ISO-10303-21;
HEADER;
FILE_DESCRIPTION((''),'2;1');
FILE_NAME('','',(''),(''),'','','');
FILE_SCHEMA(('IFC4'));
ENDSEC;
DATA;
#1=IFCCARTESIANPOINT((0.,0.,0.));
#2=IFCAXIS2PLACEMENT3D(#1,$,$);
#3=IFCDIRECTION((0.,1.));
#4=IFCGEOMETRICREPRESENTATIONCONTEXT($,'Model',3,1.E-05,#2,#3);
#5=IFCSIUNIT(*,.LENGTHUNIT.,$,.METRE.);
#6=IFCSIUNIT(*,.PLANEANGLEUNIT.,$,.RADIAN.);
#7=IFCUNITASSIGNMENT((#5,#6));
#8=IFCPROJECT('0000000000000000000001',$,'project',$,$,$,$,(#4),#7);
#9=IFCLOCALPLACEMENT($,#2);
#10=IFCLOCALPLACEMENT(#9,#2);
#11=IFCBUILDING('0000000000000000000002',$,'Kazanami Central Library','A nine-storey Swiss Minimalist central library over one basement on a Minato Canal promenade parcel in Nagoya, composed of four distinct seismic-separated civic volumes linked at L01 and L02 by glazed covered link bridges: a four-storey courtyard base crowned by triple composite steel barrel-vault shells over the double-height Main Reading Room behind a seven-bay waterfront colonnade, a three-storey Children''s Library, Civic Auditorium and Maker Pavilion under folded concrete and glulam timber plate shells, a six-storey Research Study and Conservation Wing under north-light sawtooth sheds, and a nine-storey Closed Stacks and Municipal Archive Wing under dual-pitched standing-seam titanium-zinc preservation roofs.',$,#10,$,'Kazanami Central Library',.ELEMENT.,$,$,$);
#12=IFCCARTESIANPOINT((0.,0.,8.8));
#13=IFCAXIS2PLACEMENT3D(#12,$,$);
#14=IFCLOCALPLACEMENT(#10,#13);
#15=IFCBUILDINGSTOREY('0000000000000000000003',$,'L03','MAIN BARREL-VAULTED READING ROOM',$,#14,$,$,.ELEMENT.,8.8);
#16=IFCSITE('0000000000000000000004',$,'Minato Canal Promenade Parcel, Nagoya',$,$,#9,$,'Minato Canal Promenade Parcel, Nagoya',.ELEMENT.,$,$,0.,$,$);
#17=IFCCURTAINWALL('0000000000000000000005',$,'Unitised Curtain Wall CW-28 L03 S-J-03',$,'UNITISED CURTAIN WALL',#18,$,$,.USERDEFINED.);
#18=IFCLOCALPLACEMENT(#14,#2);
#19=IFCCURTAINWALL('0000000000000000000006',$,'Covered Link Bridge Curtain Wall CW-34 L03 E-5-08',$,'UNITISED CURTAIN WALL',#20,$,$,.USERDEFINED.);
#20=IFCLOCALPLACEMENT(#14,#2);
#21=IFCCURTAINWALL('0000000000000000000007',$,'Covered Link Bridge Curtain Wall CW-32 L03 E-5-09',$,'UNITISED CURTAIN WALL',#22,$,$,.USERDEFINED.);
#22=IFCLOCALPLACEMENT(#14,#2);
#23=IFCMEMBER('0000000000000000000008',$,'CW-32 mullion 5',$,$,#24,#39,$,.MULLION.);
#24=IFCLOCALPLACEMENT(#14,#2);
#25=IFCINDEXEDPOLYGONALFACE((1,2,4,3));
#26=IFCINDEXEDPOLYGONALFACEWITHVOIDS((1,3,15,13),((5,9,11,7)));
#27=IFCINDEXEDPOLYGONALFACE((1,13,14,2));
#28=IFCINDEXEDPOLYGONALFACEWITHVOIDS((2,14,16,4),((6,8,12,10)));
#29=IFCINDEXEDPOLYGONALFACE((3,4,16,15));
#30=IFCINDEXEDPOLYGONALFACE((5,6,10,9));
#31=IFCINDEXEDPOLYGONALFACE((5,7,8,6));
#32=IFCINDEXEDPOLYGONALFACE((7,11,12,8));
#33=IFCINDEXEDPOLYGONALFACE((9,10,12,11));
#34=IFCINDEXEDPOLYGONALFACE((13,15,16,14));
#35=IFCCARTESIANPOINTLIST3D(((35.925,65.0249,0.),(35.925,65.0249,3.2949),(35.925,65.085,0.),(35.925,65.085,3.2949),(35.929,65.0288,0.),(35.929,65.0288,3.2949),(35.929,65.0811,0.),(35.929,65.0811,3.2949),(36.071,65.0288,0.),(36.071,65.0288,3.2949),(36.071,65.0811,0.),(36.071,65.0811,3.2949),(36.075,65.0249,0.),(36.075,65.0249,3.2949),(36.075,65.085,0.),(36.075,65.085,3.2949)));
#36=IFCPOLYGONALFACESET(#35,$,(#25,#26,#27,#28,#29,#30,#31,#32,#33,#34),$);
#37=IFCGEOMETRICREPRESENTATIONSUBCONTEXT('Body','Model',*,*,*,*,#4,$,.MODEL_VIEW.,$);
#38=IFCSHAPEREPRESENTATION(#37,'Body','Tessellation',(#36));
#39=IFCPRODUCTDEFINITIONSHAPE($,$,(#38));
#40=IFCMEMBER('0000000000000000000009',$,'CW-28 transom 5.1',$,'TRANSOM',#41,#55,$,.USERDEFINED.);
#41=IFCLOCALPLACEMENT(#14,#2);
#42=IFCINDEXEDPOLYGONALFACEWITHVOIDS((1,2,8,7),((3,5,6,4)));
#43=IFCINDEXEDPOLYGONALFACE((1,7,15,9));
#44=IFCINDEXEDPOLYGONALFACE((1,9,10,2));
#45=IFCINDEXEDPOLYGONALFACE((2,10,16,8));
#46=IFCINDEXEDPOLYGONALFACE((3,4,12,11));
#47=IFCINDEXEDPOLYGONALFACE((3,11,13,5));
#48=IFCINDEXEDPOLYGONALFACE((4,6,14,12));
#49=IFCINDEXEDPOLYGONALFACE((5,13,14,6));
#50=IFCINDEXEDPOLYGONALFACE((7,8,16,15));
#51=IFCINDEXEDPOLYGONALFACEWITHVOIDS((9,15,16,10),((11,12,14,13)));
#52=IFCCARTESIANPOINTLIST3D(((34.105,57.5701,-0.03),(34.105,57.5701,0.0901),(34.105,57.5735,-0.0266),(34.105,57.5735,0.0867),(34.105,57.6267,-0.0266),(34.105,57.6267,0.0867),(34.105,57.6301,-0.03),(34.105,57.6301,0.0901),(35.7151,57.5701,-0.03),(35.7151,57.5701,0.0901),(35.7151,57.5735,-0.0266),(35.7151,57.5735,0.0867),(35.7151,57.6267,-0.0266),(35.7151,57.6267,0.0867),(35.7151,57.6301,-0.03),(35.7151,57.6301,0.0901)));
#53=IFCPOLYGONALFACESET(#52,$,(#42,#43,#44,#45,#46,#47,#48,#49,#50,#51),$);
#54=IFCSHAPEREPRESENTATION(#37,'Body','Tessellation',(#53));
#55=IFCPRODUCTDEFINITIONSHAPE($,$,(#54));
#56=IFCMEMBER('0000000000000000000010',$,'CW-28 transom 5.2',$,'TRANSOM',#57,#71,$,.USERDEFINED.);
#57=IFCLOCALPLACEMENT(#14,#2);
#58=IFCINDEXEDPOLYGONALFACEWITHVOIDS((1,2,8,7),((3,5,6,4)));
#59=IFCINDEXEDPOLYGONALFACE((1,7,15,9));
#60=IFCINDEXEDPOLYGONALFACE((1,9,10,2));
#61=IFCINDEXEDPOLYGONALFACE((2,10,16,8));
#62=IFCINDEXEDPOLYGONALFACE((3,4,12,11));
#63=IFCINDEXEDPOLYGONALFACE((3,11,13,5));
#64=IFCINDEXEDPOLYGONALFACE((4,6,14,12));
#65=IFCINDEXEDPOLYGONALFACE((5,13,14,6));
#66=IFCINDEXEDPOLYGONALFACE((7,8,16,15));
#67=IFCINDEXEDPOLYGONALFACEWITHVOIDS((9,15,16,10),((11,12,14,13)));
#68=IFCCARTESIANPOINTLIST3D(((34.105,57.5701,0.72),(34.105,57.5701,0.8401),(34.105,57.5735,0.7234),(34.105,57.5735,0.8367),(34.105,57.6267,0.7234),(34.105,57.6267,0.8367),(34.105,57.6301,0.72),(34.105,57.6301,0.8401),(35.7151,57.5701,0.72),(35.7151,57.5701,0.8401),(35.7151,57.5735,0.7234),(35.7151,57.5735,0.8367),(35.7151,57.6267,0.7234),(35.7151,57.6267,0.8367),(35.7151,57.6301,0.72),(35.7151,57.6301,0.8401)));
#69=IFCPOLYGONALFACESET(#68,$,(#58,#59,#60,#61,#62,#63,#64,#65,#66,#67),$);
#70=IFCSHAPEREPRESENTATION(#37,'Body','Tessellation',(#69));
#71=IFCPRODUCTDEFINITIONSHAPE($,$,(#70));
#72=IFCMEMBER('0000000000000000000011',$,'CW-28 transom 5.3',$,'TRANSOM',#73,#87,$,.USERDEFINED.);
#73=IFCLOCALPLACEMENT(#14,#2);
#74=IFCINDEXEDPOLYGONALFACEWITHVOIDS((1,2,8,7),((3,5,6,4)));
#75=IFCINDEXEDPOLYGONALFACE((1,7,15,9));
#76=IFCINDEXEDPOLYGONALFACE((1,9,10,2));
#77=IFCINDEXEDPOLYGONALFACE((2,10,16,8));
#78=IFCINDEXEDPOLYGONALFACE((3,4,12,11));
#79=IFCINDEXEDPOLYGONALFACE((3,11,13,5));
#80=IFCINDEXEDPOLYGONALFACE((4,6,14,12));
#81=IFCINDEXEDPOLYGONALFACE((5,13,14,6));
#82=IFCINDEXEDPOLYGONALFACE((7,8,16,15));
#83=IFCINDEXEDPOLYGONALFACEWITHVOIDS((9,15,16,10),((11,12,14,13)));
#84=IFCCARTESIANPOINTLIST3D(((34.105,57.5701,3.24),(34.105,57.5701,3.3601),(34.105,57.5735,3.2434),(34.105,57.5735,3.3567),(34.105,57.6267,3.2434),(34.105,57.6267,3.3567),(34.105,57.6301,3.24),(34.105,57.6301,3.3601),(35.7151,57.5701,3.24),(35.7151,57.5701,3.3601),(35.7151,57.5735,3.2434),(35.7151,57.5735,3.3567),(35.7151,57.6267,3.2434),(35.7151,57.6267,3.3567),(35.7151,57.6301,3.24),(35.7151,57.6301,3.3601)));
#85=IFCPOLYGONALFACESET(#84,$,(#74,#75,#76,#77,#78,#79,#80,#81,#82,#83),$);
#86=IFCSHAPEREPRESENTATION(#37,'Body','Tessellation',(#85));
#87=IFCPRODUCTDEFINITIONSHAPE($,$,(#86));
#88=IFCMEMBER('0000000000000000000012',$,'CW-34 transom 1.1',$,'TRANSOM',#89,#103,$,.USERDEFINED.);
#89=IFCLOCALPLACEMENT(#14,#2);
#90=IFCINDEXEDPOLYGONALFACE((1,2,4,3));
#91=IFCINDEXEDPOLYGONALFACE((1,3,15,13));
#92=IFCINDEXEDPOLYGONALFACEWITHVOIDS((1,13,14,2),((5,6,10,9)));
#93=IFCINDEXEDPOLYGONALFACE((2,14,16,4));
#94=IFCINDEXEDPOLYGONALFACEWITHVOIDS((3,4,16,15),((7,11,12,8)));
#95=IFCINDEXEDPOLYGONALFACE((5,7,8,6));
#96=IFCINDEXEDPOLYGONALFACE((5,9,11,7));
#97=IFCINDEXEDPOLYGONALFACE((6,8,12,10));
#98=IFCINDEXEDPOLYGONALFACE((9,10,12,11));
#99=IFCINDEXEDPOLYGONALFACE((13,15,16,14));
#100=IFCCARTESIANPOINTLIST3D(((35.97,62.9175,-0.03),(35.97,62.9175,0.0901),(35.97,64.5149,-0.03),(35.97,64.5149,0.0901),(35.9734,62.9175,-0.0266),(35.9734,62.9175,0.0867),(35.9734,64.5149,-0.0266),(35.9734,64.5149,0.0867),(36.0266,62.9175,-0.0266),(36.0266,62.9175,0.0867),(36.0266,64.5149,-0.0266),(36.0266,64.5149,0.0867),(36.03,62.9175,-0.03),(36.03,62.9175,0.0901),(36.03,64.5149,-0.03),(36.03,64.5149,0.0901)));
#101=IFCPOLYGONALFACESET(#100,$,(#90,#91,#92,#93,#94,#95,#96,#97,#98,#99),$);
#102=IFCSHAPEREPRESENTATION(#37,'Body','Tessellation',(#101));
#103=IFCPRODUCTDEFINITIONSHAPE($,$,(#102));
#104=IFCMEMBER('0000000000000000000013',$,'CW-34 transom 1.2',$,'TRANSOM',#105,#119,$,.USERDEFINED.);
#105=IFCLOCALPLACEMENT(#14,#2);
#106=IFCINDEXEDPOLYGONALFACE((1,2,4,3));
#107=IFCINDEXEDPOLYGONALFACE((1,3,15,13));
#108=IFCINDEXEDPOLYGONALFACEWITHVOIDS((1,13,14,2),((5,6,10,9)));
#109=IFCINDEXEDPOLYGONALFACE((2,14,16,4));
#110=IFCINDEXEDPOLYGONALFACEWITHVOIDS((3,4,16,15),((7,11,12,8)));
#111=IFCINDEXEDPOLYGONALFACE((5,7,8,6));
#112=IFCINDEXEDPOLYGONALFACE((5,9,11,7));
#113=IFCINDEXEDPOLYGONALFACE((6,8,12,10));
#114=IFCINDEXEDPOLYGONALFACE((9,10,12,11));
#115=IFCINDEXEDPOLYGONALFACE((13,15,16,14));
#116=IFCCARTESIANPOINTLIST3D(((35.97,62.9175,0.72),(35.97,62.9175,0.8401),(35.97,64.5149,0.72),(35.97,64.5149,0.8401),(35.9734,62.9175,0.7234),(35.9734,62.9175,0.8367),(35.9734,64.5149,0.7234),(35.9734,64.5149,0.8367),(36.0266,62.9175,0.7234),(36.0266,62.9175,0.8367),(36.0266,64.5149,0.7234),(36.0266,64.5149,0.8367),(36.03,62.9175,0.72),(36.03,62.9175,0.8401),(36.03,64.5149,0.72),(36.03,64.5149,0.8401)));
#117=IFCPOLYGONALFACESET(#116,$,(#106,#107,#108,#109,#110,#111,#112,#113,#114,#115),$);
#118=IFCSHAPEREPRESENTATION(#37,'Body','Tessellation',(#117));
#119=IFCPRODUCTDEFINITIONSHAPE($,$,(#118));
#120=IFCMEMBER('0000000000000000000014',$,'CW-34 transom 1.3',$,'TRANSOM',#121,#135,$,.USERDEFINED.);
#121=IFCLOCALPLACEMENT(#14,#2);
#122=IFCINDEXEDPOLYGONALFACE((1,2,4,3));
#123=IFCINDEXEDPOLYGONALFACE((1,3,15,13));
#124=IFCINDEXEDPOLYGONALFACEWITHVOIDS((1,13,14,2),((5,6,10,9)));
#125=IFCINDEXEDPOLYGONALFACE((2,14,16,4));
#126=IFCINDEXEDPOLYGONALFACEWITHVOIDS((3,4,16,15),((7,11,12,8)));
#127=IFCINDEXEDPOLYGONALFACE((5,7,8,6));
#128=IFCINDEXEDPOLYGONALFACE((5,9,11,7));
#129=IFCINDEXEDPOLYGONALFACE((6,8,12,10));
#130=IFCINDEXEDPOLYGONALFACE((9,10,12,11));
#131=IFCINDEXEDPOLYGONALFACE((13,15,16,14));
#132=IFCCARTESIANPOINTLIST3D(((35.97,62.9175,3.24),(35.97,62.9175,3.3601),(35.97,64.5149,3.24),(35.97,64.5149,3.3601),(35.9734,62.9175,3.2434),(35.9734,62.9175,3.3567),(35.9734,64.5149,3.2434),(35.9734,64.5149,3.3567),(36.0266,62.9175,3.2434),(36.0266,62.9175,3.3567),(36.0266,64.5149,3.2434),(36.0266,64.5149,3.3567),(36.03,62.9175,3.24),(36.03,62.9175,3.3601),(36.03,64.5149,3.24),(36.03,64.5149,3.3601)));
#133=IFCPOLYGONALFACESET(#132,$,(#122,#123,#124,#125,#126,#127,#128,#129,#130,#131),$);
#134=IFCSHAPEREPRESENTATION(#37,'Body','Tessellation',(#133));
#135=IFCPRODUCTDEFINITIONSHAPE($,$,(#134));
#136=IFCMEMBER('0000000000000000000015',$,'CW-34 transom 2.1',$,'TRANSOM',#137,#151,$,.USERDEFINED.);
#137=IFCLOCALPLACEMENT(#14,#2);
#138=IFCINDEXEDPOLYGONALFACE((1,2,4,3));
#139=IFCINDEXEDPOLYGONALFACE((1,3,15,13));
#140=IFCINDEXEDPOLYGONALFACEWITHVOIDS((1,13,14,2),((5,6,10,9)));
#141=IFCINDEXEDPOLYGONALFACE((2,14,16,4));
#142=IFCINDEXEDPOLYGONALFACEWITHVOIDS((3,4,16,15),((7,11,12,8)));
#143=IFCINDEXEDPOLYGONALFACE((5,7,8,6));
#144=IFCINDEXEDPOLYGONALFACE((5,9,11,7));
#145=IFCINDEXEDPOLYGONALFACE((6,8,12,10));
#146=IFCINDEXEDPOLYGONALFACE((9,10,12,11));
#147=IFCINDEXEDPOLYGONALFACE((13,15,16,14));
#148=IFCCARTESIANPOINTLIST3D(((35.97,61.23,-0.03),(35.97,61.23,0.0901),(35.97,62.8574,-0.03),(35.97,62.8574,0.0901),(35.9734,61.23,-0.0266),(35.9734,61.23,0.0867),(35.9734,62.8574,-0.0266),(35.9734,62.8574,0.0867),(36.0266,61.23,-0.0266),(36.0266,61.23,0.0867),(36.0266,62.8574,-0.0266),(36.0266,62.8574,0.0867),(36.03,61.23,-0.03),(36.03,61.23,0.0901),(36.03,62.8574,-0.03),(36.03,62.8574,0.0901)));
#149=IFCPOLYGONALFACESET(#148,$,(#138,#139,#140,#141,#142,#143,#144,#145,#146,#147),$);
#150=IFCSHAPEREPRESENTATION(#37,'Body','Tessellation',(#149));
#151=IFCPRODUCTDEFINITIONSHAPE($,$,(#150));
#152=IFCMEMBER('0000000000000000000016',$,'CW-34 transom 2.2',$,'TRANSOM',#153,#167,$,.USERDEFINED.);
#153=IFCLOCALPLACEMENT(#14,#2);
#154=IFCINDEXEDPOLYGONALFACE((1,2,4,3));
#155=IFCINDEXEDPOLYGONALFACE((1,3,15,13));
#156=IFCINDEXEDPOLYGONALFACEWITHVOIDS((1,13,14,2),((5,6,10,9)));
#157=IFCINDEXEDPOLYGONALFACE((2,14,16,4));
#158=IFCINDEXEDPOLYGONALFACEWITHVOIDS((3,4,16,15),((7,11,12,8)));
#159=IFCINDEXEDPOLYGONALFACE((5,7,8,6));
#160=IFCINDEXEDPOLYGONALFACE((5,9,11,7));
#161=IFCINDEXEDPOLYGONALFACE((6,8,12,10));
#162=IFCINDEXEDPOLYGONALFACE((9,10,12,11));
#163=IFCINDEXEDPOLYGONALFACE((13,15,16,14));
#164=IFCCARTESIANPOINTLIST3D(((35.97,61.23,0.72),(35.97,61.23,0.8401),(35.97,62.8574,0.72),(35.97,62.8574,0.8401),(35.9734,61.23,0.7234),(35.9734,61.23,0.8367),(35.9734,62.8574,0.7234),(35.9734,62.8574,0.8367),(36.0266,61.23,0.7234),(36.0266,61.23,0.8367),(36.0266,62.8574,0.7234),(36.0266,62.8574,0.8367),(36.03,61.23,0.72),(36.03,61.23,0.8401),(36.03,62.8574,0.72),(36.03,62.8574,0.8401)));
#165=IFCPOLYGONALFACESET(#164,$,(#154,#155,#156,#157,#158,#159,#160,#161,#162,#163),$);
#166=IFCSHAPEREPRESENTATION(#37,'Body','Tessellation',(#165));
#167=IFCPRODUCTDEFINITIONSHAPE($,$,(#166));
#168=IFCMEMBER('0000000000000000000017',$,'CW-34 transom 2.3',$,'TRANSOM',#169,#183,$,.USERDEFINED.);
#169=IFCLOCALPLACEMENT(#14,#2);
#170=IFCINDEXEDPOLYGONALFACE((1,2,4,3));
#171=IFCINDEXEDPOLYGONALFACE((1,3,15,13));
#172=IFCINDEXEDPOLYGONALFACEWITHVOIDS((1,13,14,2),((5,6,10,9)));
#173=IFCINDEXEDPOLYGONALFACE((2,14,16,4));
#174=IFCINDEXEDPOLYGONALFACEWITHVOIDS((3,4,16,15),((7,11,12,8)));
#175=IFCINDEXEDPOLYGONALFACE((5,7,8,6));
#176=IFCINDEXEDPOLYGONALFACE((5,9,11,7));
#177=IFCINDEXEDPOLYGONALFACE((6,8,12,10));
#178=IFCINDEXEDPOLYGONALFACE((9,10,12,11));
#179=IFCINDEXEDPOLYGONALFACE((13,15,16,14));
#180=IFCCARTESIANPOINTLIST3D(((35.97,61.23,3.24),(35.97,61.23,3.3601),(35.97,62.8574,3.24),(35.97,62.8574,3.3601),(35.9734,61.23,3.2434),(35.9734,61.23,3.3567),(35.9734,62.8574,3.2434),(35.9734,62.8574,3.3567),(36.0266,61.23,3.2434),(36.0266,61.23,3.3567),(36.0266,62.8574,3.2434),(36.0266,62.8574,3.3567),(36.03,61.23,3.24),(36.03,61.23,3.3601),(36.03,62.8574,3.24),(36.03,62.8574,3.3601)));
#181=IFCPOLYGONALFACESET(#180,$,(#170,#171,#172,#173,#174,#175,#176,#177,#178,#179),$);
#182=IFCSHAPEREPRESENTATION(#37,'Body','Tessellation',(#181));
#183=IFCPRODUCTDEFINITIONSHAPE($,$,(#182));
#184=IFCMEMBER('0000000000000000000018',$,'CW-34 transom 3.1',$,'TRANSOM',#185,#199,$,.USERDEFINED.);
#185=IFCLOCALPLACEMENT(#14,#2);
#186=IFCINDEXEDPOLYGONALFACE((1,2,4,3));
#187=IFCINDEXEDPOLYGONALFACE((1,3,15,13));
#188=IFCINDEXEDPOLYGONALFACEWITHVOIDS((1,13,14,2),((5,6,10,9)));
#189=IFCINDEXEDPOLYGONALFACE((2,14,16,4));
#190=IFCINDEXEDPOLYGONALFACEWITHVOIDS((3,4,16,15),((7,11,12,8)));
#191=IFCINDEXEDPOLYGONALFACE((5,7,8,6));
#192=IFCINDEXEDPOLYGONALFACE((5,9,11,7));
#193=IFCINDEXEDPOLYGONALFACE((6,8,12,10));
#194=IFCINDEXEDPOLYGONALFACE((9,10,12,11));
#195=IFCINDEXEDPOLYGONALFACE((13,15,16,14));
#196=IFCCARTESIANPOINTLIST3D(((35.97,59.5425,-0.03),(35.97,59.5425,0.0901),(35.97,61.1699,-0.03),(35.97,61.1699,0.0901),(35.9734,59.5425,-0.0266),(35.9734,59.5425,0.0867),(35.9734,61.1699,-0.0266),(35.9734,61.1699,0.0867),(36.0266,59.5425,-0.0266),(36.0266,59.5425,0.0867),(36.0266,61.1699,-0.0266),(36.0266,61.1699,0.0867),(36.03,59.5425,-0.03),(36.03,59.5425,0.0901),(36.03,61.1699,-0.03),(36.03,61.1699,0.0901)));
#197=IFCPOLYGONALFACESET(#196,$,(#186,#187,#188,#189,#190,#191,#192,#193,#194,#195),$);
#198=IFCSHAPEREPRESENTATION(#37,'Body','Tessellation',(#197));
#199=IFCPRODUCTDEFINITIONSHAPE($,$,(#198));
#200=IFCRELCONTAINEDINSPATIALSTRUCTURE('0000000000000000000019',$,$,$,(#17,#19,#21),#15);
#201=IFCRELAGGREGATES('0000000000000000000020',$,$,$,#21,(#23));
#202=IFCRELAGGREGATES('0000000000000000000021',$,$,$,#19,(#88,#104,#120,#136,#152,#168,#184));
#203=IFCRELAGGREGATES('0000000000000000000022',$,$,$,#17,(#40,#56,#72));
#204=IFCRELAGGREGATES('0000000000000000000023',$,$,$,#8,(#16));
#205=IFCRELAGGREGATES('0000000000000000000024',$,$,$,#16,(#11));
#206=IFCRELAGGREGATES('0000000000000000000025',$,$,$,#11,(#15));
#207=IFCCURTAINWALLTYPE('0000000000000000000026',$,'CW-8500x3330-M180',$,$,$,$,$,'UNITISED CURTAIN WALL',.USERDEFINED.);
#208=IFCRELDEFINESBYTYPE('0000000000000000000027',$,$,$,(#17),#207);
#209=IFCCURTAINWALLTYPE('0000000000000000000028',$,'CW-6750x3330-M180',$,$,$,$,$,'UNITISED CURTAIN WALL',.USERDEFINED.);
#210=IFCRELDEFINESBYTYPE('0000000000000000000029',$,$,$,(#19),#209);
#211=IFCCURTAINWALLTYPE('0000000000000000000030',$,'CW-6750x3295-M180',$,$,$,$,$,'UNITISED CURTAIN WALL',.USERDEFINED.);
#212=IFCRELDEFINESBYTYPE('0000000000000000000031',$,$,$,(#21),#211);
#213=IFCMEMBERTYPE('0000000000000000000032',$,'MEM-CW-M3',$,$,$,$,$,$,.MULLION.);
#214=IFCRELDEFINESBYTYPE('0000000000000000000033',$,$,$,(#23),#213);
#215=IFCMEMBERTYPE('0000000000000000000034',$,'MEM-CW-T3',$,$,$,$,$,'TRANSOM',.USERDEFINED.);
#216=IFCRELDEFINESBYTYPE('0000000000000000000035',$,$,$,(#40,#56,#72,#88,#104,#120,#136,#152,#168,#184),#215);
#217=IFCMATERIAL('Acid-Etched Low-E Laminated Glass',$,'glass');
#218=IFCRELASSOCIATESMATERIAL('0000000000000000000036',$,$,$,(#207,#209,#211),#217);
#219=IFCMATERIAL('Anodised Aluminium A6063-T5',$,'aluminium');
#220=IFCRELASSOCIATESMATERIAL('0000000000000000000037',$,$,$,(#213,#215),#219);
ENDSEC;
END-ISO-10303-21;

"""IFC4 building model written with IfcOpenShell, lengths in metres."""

from ifc_helpers import new_model, si_unit, direction, frame, origin, origin_2d, place, context, subcontext, project, spatial, hollow_rectangle, extrude, material, material_profile, profile_set, type_object, element, aggregate, save


model = new_model("IFC4")

# Units and contexts
model_context = context("Model", 3, precision=1e-05, world=origin(), true_north=direction((0.0, 1.0)))
body_context = subcontext(model_context, "Body", "Model", "MODEL_VIEW")
ifc_project = project(units=[si_unit("LENGTHUNIT", "METRE"), si_unit("PLANEANGLEUNIT", "RADIAN")], contexts=[model_context])

# Site, building, storey
site_placement = place(None, origin())
site = spatial("IfcSite", under=ifc_project, at=site_placement, Name="Minato Canal Promenade Parcel, Nagoya", LongName="Minato Canal Promenade Parcel, Nagoya", CompositionType="ELEMENT", RefElevation=0.0)
building_placement = place(site_placement, origin())
building = spatial("IfcBuilding", under=site, at=building_placement, Name="Kazanami Central Library", Description="A nine-storey Swiss Minimalist central library over one basement on a Minato Canal promenade parcel in Nagoya, composed of four distinct seismic-separated civic volumes linked at L01 and L02 by glazed covered link bridges: a four-storey courtyard base crowned by triple composite steel barrel-vault shells over the double-height Main Reading Room behind a seven-bay waterfront colonnade, a three-storey Children's Library, Civic Auditorium and Maker Pavilion under folded concrete and glulam timber plate shells, a six-storey Research Study and Conservation Wing under north-light sawtooth sheds, and a nine-storey Closed Stacks and Municipal Archive Wing under dual-pitched standing-seam titanium-zinc preservation roofs.", LongName="Kazanami Central Library", CompositionType="ELEMENT")
storey_placement = place(building_placement, frame((0.0, 0.0, 8.8)))
storey = spatial("IfcBuildingStorey", under=building, at=storey_placement, Name="L03", Description="MAIN BARREL-VAULTED READING ROOM", CompositionType="ELEMENT", Elevation=8.8)

# Curtain wall
ifc_material_1 = material(Name="Acid-Etched Low-E Laminated Glass", Category="glass")
curtain_wall_type_1 = type_object("IfcCurtainWallType", Name="CW-8500x3330-M180", ElementType="UNITISED CURTAIN WALL", PredefinedType="USERDEFINED", material=ifc_material_1)
curtain_wall_1_placement = place(storey_placement, origin())
curtain_wall_1 = element("IfcCurtainWall", 1, at=curtain_wall_1_placement, inside=storey, type_object=curtain_wall_type_1, Name="Unitised Curtain Wall CW-28 L03 S-J-03", ObjectType="UNITISED CURTAIN WALL", PredefinedType="USERDEFINED")
ifc_material_2 = material(Name="Anodised Aluminium A6063-T5", Category="aluminium")
ifc_material_profile_1 = material_profile(ifc_material_2, hollow_rectangle(XDim=0.0601, YDim=0.1499, WallThickness=0.0039, at=origin_2d()), Name="ALU-MULL-60x150x4")
ifc_profile_set_1 = profile_set([ifc_material_profile_1], Name="Anodised Aluminium A6063-T5")
member_type_1 = type_object("IfcMemberType", Name="MEM-CW-M3", PredefinedType="MULLION", material=ifc_profile_set_1)

# Curtain wall
curtain_wall_type_2 = type_object("IfcCurtainWallType", Name="CW-6750x3330-M180", ElementType="UNITISED CURTAIN WALL", PredefinedType="USERDEFINED", material=ifc_material_1)
curtain_wall_2_placement = place(storey_placement, origin())
curtain_wall_2 = element("IfcCurtainWall", 2, at=curtain_wall_2_placement, inside=storey, type_object=curtain_wall_type_2, Name="Covered Link Bridge Curtain Wall CW-34 L03 E-5-08", ObjectType="UNITISED CURTAIN WALL", PredefinedType="USERDEFINED")

# Curtain wall, member
curtain_wall_type_3 = type_object("IfcCurtainWallType", Name="CW-6750x3295-M180", ElementType="UNITISED CURTAIN WALL", PredefinedType="USERDEFINED", material=ifc_material_1)
curtain_wall_3_placement = place(storey_placement, origin())
curtain_wall_3 = element("IfcCurtainWall", 3, at=curtain_wall_3_placement, inside=storey, type_object=curtain_wall_type_3, Name="Covered Link Bridge Curtain Wall CW-32 L03 E-5-09", ObjectType="UNITISED CURTAIN WALL", PredefinedType="USERDEFINED")
member_1_placement = place(storey_placement, frame((36.0, 65.0549, 0.0), z_axis=(0.0, 0.0, 1.0), x_axis=(0.0, -1.0, 0.0)))
member_1 = element("IfcMember", 4, at=member_1_placement, type_object=member_type_1, Name="CW-32 mullion 5", PredefinedType="MULLION", context=body_context, shape_type="SweptSolid", body=[
    extrude(hollow_rectangle(XDim=0.0601, YDim=0.1499, WallThickness=0.0039, at=origin_2d()), origin(), (0.0, 0.0, 1.0), 3.2949),
])
aggregate(curtain_wall_3, [member_1])

# Members
ifc_material_profile_2 = material_profile(ifc_material_2, hollow_rectangle(XDim=0.0601, YDim=0.1201, WallThickness=0.0034, at=origin_2d()), Name="ALU-TRAN-60x120x3.5")
ifc_profile_set_2 = profile_set([ifc_material_profile_2], Name="Anodised Aluminium A6063-T5")
member_type_2 = type_object("IfcMemberType", Name="MEM-CW-T3", ElementType="TRANSOM", PredefinedType="USERDEFINED", material=ifc_profile_set_2)
member_2_placement = place(storey_placement, frame((34.105, 57.6001, 0.03), z_axis=(1.0, 0.0, 0.0), x_axis=(0.0, 1.0, 0.0)))
member_2 = element("IfcMember", 5, at=member_2_placement, type_object=member_type_2, Name="CW-28 transom 5.1", ObjectType="TRANSOM", PredefinedType="USERDEFINED", context=body_context, shape_type="SweptSolid", body=[
    extrude(hollow_rectangle(XDim=0.0601, YDim=0.1201, WallThickness=0.0034, at=origin_2d()), origin(), (0.0, 0.0, 1.0), 1.6101),
])
member_3_placement = place(storey_placement, frame((34.105, 57.6001, 0.78), z_axis=(1.0, 0.0, 0.0), x_axis=(0.0, 1.0, 0.0)))
member_3 = element("IfcMember", 6, at=member_3_placement, type_object=member_type_2, Name="CW-28 transom 5.2", ObjectType="TRANSOM", PredefinedType="USERDEFINED", context=body_context, shape_type="SweptSolid", body=[
    extrude(hollow_rectangle(XDim=0.0601, YDim=0.1201, WallThickness=0.0034, at=origin_2d()), origin(), (0.0, 0.0, 1.0), 1.6101),
])
member_4_placement = place(storey_placement, frame((34.105, 57.6001, 3.3), z_axis=(1.0, 0.0, 0.0), x_axis=(0.0, 1.0, 0.0)))
member_4 = element("IfcMember", 7, at=member_4_placement, type_object=member_type_2, Name="CW-28 transom 5.3", ObjectType="TRANSOM", PredefinedType="USERDEFINED", context=body_context, shape_type="SweptSolid", body=[
    extrude(hollow_rectangle(XDim=0.0601, YDim=0.1201, WallThickness=0.0034, at=origin_2d()), origin(), (0.0, 0.0, 1.0), 1.6101),
])
member_5_placement = place(storey_placement, frame((36.0, 64.5149, 0.03), z_axis=(0.0, -1.0, 0.0), x_axis=(1.0, 0.0, 0.0)))
member_5 = element("IfcMember", 8, at=member_5_placement, type_object=member_type_2, Name="CW-34 transom 1.1", ObjectType="TRANSOM", PredefinedType="USERDEFINED", context=body_context, shape_type="SweptSolid", body=[
    extrude(hollow_rectangle(XDim=0.0601, YDim=0.1201, WallThickness=0.0034, at=origin_2d()), origin(), (0.0, 0.0, 1.0), 1.5974),
])
member_6_placement = place(storey_placement, frame((36.0, 64.5149, 0.78), z_axis=(0.0, -1.0, 0.0), x_axis=(1.0, 0.0, 0.0)))
member_6 = element("IfcMember", 9, at=member_6_placement, type_object=member_type_2, Name="CW-34 transom 1.2", ObjectType="TRANSOM", PredefinedType="USERDEFINED", context=body_context, shape_type="SweptSolid", body=[
    extrude(hollow_rectangle(XDim=0.0601, YDim=0.1201, WallThickness=0.0034, at=origin_2d()), origin(), (0.0, 0.0, 1.0), 1.5974),
])
member_7_placement = place(storey_placement, frame((36.0, 64.5149, 3.3), z_axis=(0.0, -1.0, 0.0), x_axis=(1.0, 0.0, 0.0)))
member_7 = element("IfcMember", 10, at=member_7_placement, type_object=member_type_2, Name="CW-34 transom 1.3", ObjectType="TRANSOM", PredefinedType="USERDEFINED", context=body_context, shape_type="SweptSolid", body=[
    extrude(hollow_rectangle(XDim=0.0601, YDim=0.1201, WallThickness=0.0034, at=origin_2d()), origin(), (0.0, 0.0, 1.0), 1.5974),
])
member_8_placement = place(storey_placement, frame((36.0, 62.8574, 0.03), z_axis=(0.0, -1.0, 0.0), x_axis=(1.0, 0.0, 0.0)))
member_8 = element("IfcMember", 11, at=member_8_placement, type_object=member_type_2, Name="CW-34 transom 2.1", ObjectType="TRANSOM", PredefinedType="USERDEFINED", context=body_context, shape_type="SweptSolid", body=[
    extrude(hollow_rectangle(XDim=0.0601, YDim=0.1201, WallThickness=0.0034, at=origin_2d()), origin(), (0.0, 0.0, 1.0), 1.6274),
])
member_9_placement = place(storey_placement, frame((36.0, 62.8574, 0.78), z_axis=(0.0, -1.0, 0.0), x_axis=(1.0, 0.0, 0.0)))
member_9 = element("IfcMember", 12, at=member_9_placement, type_object=member_type_2, Name="CW-34 transom 2.2", ObjectType="TRANSOM", PredefinedType="USERDEFINED", context=body_context, shape_type="SweptSolid", body=[
    extrude(hollow_rectangle(XDim=0.0601, YDim=0.1201, WallThickness=0.0034, at=origin_2d()), origin(), (0.0, 0.0, 1.0), 1.6274),
])
member_10_placement = place(storey_placement, frame((36.0, 62.8574, 3.3), z_axis=(0.0, -1.0, 0.0), x_axis=(1.0, 0.0, 0.0)))
member_10 = element("IfcMember", 13, at=member_10_placement, type_object=member_type_2, Name="CW-34 transom 2.3", ObjectType="TRANSOM", PredefinedType="USERDEFINED", context=body_context, shape_type="SweptSolid", body=[
    extrude(hollow_rectangle(XDim=0.0601, YDim=0.1201, WallThickness=0.0034, at=origin_2d()), origin(), (0.0, 0.0, 1.0), 1.6274),
])
member_11_placement = place(storey_placement, frame((36.0, 61.1699, 0.03), z_axis=(0.0, -1.0, 0.0), x_axis=(1.0, 0.0, 0.0)))
member_11 = element("IfcMember", 14, at=member_11_placement, type_object=member_type_2, Name="CW-34 transom 3.1", ObjectType="TRANSOM", PredefinedType="USERDEFINED", context=body_context, shape_type="SweptSolid", body=[
    extrude(hollow_rectangle(XDim=0.0601, YDim=0.1201, WallThickness=0.0034, at=origin_2d()), origin(), (0.0, 0.0, 1.0), 1.6274),
])

aggregate(curtain_wall_2, [member_5, member_6, member_7, member_8, member_9, member_10, member_11])
aggregate(curtain_wall_1, [member_2, member_3, member_4])

save(model, "model.ifc")
